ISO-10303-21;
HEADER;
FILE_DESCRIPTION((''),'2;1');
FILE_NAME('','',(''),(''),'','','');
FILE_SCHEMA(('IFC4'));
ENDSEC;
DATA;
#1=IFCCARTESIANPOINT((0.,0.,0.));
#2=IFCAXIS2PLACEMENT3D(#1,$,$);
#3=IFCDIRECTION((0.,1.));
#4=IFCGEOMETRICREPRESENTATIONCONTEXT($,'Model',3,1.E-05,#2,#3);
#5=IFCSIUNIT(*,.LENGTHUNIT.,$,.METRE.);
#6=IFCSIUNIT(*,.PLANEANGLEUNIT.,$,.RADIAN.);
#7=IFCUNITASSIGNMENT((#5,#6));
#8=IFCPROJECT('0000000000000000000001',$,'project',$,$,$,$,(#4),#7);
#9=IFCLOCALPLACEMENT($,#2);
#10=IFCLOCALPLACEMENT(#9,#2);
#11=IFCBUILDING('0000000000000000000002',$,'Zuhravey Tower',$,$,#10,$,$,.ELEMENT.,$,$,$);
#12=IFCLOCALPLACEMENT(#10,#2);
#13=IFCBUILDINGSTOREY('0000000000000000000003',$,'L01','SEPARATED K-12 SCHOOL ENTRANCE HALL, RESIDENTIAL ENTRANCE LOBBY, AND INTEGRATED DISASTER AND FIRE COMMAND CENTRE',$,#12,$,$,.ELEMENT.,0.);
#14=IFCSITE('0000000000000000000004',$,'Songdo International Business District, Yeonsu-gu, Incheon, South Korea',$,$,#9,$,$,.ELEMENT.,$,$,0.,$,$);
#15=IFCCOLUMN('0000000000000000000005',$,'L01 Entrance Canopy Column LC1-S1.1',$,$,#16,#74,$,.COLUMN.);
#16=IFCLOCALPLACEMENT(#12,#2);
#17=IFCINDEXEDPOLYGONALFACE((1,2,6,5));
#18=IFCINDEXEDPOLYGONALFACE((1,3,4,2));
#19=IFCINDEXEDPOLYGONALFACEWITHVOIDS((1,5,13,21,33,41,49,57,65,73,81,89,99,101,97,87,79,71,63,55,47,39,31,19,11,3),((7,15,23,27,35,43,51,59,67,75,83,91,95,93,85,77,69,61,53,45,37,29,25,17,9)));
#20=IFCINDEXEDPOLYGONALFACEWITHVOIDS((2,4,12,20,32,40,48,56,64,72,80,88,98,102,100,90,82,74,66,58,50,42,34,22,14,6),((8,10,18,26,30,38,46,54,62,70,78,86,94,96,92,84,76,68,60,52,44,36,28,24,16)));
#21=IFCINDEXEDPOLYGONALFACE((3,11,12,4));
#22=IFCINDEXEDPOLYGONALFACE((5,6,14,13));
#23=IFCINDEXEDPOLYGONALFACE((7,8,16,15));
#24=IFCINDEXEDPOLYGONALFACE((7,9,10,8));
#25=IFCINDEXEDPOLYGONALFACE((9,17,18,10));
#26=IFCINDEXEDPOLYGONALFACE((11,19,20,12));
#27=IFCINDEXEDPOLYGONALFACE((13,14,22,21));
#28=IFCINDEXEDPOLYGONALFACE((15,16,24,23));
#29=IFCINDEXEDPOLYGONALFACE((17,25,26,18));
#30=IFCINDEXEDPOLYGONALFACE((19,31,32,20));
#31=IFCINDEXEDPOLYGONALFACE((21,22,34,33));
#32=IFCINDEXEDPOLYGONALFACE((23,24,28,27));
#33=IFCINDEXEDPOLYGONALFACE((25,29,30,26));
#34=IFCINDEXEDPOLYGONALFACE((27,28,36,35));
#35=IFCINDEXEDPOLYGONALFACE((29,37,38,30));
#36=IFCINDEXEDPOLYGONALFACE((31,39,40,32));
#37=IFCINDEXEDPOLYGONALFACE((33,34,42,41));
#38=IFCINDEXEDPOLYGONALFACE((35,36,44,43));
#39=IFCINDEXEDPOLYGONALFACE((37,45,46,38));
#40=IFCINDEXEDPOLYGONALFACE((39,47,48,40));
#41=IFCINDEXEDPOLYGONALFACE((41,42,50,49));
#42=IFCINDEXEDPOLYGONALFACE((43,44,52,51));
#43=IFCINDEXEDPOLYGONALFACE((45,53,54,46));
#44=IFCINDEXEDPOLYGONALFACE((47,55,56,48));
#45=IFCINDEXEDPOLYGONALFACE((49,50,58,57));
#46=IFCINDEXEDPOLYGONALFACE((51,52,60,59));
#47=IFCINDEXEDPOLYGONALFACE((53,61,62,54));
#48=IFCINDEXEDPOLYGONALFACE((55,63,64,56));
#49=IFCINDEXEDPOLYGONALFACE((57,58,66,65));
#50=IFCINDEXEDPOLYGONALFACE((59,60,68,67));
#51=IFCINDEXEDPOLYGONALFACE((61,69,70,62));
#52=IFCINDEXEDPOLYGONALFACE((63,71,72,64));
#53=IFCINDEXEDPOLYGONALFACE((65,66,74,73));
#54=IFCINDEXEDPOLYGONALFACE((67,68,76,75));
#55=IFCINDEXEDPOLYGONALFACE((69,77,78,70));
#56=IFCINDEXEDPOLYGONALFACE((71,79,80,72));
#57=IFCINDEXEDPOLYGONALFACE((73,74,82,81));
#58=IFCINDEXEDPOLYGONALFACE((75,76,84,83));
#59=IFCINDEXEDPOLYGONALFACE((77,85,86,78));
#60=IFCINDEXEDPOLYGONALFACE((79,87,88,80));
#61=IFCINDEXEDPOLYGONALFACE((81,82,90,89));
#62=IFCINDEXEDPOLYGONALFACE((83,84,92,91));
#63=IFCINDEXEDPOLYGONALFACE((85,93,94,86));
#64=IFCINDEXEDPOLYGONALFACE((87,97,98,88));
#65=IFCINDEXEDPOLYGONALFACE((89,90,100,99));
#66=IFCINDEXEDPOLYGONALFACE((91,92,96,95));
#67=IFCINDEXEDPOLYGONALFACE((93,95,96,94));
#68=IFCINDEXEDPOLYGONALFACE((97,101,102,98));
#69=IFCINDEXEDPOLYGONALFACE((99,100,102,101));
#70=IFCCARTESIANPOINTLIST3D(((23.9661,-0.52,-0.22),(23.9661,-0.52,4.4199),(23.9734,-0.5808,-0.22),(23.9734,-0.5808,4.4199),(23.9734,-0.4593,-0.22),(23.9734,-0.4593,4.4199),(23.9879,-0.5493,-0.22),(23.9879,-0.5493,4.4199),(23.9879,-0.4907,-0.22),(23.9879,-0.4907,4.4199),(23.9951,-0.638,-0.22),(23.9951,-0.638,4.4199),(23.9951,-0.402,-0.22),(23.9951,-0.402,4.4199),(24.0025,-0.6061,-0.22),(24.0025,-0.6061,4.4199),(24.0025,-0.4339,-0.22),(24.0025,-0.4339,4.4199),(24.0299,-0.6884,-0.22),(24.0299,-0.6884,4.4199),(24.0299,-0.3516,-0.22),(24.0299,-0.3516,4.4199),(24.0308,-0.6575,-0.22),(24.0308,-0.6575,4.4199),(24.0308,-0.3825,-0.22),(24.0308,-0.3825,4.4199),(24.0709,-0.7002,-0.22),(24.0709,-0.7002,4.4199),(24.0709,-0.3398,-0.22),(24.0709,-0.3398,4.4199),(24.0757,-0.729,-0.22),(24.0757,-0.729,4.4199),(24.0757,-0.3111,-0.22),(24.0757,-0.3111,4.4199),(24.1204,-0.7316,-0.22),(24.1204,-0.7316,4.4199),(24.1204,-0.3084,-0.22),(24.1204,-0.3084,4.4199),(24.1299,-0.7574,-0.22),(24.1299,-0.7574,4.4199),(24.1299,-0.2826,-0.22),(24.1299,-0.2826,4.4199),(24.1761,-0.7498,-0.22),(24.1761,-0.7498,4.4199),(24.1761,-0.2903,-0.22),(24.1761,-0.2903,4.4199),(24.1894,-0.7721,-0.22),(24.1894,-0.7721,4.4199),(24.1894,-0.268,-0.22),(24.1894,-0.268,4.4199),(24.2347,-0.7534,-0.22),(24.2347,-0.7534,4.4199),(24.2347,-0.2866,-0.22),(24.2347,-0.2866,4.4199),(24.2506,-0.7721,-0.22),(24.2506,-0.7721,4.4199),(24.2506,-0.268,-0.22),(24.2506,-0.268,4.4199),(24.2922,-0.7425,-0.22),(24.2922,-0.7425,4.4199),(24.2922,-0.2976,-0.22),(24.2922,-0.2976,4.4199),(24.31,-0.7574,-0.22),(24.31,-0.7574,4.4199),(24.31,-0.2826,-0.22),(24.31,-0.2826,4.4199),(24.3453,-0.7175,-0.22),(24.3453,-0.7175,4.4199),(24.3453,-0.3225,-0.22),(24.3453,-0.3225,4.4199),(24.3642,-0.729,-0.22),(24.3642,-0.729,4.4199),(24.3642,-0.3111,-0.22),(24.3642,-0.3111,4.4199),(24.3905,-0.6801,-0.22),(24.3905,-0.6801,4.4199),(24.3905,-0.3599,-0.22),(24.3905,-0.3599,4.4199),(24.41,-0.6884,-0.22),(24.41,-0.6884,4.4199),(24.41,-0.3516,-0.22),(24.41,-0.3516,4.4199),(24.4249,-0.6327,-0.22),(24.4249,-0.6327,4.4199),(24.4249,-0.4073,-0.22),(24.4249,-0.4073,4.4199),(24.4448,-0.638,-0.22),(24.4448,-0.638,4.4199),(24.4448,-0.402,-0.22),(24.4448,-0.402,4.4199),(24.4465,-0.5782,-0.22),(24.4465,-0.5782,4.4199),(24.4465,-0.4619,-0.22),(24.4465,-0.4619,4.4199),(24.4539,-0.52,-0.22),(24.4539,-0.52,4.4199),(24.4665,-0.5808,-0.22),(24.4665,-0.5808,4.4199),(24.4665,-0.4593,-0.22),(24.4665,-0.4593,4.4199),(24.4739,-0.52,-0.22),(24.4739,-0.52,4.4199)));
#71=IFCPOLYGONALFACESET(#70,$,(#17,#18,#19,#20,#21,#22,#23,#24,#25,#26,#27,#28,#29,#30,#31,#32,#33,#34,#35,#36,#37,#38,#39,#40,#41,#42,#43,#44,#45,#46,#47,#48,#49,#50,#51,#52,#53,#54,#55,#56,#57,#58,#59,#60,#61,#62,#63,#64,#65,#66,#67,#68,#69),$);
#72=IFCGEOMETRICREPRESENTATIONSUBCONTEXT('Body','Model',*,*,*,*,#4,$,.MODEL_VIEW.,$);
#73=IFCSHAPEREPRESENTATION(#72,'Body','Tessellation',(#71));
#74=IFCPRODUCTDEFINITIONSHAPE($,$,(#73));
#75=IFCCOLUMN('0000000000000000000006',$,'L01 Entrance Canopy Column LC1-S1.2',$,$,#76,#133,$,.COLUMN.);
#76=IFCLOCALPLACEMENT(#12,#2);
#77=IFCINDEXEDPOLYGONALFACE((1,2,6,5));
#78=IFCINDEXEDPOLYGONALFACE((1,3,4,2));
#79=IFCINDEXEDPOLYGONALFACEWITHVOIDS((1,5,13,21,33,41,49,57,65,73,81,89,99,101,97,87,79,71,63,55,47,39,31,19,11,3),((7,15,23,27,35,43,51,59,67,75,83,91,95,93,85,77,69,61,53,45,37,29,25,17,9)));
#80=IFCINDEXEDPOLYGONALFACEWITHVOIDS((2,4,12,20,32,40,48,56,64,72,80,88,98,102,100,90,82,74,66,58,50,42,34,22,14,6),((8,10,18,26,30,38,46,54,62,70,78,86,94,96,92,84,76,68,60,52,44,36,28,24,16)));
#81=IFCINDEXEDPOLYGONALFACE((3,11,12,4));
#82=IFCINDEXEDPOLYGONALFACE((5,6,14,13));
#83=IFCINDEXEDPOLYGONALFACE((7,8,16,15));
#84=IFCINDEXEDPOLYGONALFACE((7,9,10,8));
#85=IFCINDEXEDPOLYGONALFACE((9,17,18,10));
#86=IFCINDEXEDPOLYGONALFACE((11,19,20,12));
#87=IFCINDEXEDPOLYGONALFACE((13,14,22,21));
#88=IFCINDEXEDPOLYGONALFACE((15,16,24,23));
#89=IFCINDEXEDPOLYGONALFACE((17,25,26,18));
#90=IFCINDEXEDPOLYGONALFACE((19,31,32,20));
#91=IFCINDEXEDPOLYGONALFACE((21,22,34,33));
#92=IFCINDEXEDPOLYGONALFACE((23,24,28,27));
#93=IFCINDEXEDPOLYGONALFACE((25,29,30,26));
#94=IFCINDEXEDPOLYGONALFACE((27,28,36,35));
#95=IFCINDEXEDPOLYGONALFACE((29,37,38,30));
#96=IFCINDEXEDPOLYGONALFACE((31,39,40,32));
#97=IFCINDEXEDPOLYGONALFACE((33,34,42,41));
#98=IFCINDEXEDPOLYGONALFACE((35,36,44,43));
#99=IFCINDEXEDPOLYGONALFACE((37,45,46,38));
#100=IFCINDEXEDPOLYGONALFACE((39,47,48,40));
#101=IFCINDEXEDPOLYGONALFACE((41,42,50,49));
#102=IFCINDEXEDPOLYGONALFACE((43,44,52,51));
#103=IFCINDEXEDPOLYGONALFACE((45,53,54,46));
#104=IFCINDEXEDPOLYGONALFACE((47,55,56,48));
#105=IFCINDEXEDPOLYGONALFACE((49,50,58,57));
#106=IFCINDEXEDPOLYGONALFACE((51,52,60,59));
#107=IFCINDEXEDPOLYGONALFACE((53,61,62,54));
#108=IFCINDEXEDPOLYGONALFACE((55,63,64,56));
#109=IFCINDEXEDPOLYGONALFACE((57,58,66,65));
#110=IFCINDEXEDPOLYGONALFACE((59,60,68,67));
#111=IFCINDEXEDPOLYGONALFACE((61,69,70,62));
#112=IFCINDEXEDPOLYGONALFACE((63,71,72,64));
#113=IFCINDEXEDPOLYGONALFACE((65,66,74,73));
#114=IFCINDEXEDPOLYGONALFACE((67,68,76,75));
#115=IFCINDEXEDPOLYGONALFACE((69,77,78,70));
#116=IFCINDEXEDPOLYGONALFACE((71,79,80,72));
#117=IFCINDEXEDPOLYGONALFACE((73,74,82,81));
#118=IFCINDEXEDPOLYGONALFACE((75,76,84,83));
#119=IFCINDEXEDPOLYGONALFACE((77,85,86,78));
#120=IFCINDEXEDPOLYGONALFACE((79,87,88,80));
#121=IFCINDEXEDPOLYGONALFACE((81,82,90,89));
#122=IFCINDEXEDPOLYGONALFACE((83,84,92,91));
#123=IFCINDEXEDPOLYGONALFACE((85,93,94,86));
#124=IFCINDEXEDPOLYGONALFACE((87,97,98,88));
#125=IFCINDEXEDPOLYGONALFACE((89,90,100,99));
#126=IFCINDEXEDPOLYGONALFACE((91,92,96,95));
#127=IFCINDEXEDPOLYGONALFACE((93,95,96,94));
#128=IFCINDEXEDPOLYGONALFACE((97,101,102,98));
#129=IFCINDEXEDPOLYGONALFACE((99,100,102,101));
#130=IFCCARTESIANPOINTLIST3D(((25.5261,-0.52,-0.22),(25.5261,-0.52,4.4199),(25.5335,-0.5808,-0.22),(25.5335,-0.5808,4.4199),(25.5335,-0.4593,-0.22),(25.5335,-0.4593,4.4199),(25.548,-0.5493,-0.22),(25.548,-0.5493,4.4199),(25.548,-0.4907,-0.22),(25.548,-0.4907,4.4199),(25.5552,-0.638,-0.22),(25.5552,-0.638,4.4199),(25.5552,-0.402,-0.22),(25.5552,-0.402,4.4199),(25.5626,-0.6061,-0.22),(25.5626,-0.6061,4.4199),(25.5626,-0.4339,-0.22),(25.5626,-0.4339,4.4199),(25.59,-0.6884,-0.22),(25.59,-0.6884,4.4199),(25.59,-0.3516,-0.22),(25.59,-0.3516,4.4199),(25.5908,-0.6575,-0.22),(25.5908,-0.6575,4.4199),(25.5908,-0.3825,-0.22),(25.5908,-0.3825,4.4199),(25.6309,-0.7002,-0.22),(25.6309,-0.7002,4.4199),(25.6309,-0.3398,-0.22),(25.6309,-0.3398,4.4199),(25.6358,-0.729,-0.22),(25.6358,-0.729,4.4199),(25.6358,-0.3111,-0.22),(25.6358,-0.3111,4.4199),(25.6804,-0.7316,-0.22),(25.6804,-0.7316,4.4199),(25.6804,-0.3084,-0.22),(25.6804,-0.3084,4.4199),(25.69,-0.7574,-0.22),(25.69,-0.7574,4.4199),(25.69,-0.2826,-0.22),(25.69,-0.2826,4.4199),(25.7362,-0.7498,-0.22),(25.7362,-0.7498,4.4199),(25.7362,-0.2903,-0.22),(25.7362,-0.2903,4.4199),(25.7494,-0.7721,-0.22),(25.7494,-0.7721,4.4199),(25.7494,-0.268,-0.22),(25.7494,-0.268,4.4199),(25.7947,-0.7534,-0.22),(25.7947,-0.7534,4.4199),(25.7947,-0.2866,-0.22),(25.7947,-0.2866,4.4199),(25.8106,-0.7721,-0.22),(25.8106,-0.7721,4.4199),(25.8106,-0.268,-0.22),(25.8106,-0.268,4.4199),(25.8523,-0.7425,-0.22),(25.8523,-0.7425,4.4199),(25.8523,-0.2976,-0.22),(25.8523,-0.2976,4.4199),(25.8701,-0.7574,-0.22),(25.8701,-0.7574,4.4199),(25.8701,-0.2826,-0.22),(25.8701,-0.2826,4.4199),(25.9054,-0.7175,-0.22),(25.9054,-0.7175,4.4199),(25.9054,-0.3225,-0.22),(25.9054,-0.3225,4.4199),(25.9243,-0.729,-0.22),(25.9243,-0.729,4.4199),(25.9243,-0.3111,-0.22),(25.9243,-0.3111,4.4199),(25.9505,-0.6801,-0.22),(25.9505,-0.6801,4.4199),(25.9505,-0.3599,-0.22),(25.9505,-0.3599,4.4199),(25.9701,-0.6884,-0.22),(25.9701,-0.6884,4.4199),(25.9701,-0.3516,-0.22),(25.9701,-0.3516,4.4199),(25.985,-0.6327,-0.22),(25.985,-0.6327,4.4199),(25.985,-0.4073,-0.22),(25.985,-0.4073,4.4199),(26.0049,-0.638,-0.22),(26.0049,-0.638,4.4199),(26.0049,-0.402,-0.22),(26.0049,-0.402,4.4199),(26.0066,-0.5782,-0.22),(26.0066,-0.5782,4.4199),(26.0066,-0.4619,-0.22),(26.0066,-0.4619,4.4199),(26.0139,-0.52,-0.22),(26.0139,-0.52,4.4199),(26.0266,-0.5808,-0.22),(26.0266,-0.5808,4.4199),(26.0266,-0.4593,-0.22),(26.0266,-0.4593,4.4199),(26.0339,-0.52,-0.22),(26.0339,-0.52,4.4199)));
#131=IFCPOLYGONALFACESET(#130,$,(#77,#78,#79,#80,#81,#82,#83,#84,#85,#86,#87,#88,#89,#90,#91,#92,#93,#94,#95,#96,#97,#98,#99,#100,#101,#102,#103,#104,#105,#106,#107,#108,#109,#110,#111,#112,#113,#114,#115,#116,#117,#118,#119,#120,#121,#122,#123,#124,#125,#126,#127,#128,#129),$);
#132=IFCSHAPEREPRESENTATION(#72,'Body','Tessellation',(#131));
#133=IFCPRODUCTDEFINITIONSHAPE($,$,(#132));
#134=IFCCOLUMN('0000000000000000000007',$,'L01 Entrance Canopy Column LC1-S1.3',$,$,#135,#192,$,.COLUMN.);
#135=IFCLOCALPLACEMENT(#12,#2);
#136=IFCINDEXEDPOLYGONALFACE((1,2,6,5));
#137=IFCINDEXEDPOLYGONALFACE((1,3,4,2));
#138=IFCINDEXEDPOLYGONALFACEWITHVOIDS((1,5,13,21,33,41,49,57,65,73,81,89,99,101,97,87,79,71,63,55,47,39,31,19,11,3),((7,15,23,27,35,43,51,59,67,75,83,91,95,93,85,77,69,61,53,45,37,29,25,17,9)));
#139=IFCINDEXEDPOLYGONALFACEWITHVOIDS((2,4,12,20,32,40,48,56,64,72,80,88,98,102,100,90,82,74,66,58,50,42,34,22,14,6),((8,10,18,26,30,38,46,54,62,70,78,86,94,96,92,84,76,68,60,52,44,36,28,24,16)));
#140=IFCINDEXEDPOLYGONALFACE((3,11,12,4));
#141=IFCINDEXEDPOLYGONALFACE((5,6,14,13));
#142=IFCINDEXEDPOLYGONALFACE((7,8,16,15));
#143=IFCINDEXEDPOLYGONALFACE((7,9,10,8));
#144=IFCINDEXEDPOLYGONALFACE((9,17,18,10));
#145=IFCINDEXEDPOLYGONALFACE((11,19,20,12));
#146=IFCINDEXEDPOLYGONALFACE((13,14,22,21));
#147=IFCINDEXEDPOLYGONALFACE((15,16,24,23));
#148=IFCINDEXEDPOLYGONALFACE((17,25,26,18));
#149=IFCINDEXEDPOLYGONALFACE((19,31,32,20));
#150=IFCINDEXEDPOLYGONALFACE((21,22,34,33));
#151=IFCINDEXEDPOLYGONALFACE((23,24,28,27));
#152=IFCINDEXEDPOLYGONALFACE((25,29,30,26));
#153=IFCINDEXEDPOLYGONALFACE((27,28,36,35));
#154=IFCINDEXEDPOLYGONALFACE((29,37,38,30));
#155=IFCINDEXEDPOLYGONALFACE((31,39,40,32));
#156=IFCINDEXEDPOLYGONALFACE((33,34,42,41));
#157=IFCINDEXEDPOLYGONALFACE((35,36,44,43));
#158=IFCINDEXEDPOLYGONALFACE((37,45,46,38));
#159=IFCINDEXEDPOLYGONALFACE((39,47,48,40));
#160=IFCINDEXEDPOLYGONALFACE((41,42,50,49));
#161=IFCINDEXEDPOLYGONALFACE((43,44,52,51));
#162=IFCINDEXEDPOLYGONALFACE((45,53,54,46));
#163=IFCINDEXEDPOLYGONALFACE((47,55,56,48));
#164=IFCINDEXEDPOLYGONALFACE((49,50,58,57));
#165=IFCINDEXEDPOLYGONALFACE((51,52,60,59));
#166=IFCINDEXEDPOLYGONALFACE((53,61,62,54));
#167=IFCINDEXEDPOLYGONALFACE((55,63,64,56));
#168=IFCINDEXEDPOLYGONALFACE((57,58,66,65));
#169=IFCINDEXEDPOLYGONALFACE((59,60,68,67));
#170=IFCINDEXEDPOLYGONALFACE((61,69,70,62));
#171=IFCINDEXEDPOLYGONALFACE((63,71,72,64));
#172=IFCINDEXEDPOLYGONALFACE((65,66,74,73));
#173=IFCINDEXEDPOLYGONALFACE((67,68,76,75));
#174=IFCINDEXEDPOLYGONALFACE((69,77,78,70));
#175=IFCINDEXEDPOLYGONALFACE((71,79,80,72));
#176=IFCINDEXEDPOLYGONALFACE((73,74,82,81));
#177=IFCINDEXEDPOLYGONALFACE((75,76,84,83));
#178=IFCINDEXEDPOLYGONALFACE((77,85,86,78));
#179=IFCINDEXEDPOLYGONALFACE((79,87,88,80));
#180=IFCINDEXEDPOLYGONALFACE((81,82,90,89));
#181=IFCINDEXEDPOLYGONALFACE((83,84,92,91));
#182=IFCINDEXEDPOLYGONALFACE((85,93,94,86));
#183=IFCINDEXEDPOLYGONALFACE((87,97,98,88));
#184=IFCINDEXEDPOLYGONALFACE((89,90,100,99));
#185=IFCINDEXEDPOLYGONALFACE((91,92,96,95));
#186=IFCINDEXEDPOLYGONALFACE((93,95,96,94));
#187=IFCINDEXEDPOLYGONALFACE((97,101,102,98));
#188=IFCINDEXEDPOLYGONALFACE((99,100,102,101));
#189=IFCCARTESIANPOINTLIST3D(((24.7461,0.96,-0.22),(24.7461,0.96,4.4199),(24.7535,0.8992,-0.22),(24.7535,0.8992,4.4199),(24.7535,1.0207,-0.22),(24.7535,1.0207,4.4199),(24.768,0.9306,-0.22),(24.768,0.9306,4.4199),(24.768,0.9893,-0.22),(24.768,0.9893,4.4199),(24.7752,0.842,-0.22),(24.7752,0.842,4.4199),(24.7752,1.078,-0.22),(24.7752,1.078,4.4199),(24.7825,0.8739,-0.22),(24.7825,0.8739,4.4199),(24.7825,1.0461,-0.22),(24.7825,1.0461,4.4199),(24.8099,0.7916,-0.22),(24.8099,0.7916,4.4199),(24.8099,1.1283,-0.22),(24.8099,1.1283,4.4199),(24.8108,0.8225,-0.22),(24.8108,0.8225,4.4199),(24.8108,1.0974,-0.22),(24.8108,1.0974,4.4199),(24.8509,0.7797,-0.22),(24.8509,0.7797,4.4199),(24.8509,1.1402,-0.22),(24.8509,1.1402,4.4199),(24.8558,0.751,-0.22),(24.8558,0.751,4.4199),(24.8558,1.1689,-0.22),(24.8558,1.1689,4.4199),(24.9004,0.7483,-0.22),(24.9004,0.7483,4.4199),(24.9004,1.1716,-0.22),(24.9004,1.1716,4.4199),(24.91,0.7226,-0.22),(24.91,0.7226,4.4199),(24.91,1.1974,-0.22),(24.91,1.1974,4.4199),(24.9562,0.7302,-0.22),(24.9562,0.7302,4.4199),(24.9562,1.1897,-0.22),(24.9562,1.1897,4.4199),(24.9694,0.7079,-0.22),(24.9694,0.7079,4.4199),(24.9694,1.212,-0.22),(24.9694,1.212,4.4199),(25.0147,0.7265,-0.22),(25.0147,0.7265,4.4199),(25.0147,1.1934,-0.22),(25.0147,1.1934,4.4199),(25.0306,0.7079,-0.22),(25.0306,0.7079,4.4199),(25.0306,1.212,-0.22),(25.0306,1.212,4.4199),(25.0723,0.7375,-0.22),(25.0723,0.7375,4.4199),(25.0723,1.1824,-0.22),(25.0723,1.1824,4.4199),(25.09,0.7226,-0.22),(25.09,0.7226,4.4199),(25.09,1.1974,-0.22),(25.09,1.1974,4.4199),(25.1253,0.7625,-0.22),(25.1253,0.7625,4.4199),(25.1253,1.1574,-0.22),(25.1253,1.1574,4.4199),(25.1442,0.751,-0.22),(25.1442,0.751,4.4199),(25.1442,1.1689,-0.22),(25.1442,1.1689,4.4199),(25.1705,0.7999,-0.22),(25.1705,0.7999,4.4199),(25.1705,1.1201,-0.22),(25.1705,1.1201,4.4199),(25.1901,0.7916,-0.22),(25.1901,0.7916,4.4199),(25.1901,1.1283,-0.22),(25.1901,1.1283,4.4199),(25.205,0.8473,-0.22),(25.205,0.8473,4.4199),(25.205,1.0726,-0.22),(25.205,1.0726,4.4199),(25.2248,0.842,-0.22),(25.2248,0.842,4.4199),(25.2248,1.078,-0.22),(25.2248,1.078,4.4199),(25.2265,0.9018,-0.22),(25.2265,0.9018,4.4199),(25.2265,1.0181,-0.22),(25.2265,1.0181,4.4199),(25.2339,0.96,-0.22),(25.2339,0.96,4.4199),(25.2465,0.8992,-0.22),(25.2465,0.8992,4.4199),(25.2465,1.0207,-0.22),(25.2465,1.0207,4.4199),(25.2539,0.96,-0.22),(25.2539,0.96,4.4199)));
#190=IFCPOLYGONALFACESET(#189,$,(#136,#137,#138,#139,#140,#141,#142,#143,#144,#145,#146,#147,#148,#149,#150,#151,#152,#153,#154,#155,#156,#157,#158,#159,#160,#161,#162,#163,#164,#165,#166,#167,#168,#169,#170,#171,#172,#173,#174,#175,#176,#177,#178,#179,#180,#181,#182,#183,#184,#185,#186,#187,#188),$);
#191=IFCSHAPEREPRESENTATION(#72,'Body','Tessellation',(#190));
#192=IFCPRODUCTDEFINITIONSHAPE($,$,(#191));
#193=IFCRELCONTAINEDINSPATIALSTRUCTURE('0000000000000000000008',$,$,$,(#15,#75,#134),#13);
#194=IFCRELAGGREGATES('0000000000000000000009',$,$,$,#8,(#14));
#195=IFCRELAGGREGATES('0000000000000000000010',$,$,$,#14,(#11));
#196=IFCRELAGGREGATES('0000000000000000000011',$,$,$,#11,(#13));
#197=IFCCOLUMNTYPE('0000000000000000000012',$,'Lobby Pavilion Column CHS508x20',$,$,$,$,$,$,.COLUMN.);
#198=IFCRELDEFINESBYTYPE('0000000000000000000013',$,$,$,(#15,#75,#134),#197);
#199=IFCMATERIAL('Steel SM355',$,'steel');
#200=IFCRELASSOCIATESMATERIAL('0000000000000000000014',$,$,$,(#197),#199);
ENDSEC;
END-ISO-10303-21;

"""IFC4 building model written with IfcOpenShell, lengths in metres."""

from ifc_helpers import new_model, si_unit, direction, frame, origin, origin_2d, place, context, subcontext, project, spatial, hollow_circle, extrude, material, material_profile, profile_set, type_object, element, save


model = new_model("IFC4")

# Units and contexts
model_context = context("Model", 3, precision=1e-05, world=origin(), true_north=direction((0.0, 1.0)))
body_context = subcontext(model_context, "Body", "Model", "MODEL_VIEW")
ifc_project = project(units=[si_unit("LENGTHUNIT", "METRE"), si_unit("PLANEANGLEUNIT", "RADIAN")], contexts=[model_context])

# Site, building, storey
site_placement = place(None, origin())
site = spatial("IfcSite", under=ifc_project, at=site_placement, Name="Songdo International Business District, Yeonsu-gu, Incheon, South Korea", CompositionType="ELEMENT", RefElevation=0.0)
building_placement = place(site_placement, origin())
building = spatial("IfcBuilding", under=site, at=building_placement, Name="Zuhravey Tower", CompositionType="ELEMENT")
storey_placement = place(building_placement, origin())
storey = spatial("IfcBuildingStorey", under=building, at=storey_placement, Name="L01", Description="SEPARATED K-12 SCHOOL ENTRANCE HALL, RESIDENTIAL ENTRANCE LOBBY, AND INTEGRATED DISASTER AND FIRE COMMAND CENTRE", CompositionType="ELEMENT", Elevation=0.0)

# Columns
ifc_material_1 = material(Name="Steel SM355", Category="steel")
ifc_material_profile_1 = material_profile(ifc_material_1, hollow_circle(Radius=0.2539, WallThickness=0.02, at=origin_2d()), Name="CHS-508x20")
ifc_profile_set_1 = profile_set([ifc_material_profile_1], Name="Steel SM355")
column_type_1 = type_object("IfcColumnType", Name="Lobby Pavilion Column CHS508x20", PredefinedType="COLUMN", material=ifc_profile_set_1)
for number, where, z_axis, x_axis, name in (
    (1, (24.22, -0.52, -0.22), (0.0, 0.0, 1.0), (1.0, 0.0, 0.0), "L01 Entrance Canopy Column LC1-S1.1"),
    (2, (25.78, -0.52, -0.22), (0.0, 0.0, 1.0), (1.0, 0.0, 0.0), "L01 Entrance Canopy Column LC1-S1.2"),
    (3, (25.0, 0.96, -0.22), (0.0, 0.0, 1.0), (1.0, 0.0, 0.0), "L01 Entrance Canopy Column LC1-S1.3"),
):
    element("IfcColumn", number, at=place(storey_placement, frame(where, z_axis=z_axis, x_axis=x_axis)), inside=storey, type_object=column_type_1, Name=name, PredefinedType="COLUMN", context=body_context, shape_type="SweptSolid", body=[
        extrude(hollow_circle(Radius=0.2539, WallThickness=0.02, at=origin_2d()), origin(), (0.0, 0.0, 1.0), 4.6399),
    ])

save(model, "model.ifc")
